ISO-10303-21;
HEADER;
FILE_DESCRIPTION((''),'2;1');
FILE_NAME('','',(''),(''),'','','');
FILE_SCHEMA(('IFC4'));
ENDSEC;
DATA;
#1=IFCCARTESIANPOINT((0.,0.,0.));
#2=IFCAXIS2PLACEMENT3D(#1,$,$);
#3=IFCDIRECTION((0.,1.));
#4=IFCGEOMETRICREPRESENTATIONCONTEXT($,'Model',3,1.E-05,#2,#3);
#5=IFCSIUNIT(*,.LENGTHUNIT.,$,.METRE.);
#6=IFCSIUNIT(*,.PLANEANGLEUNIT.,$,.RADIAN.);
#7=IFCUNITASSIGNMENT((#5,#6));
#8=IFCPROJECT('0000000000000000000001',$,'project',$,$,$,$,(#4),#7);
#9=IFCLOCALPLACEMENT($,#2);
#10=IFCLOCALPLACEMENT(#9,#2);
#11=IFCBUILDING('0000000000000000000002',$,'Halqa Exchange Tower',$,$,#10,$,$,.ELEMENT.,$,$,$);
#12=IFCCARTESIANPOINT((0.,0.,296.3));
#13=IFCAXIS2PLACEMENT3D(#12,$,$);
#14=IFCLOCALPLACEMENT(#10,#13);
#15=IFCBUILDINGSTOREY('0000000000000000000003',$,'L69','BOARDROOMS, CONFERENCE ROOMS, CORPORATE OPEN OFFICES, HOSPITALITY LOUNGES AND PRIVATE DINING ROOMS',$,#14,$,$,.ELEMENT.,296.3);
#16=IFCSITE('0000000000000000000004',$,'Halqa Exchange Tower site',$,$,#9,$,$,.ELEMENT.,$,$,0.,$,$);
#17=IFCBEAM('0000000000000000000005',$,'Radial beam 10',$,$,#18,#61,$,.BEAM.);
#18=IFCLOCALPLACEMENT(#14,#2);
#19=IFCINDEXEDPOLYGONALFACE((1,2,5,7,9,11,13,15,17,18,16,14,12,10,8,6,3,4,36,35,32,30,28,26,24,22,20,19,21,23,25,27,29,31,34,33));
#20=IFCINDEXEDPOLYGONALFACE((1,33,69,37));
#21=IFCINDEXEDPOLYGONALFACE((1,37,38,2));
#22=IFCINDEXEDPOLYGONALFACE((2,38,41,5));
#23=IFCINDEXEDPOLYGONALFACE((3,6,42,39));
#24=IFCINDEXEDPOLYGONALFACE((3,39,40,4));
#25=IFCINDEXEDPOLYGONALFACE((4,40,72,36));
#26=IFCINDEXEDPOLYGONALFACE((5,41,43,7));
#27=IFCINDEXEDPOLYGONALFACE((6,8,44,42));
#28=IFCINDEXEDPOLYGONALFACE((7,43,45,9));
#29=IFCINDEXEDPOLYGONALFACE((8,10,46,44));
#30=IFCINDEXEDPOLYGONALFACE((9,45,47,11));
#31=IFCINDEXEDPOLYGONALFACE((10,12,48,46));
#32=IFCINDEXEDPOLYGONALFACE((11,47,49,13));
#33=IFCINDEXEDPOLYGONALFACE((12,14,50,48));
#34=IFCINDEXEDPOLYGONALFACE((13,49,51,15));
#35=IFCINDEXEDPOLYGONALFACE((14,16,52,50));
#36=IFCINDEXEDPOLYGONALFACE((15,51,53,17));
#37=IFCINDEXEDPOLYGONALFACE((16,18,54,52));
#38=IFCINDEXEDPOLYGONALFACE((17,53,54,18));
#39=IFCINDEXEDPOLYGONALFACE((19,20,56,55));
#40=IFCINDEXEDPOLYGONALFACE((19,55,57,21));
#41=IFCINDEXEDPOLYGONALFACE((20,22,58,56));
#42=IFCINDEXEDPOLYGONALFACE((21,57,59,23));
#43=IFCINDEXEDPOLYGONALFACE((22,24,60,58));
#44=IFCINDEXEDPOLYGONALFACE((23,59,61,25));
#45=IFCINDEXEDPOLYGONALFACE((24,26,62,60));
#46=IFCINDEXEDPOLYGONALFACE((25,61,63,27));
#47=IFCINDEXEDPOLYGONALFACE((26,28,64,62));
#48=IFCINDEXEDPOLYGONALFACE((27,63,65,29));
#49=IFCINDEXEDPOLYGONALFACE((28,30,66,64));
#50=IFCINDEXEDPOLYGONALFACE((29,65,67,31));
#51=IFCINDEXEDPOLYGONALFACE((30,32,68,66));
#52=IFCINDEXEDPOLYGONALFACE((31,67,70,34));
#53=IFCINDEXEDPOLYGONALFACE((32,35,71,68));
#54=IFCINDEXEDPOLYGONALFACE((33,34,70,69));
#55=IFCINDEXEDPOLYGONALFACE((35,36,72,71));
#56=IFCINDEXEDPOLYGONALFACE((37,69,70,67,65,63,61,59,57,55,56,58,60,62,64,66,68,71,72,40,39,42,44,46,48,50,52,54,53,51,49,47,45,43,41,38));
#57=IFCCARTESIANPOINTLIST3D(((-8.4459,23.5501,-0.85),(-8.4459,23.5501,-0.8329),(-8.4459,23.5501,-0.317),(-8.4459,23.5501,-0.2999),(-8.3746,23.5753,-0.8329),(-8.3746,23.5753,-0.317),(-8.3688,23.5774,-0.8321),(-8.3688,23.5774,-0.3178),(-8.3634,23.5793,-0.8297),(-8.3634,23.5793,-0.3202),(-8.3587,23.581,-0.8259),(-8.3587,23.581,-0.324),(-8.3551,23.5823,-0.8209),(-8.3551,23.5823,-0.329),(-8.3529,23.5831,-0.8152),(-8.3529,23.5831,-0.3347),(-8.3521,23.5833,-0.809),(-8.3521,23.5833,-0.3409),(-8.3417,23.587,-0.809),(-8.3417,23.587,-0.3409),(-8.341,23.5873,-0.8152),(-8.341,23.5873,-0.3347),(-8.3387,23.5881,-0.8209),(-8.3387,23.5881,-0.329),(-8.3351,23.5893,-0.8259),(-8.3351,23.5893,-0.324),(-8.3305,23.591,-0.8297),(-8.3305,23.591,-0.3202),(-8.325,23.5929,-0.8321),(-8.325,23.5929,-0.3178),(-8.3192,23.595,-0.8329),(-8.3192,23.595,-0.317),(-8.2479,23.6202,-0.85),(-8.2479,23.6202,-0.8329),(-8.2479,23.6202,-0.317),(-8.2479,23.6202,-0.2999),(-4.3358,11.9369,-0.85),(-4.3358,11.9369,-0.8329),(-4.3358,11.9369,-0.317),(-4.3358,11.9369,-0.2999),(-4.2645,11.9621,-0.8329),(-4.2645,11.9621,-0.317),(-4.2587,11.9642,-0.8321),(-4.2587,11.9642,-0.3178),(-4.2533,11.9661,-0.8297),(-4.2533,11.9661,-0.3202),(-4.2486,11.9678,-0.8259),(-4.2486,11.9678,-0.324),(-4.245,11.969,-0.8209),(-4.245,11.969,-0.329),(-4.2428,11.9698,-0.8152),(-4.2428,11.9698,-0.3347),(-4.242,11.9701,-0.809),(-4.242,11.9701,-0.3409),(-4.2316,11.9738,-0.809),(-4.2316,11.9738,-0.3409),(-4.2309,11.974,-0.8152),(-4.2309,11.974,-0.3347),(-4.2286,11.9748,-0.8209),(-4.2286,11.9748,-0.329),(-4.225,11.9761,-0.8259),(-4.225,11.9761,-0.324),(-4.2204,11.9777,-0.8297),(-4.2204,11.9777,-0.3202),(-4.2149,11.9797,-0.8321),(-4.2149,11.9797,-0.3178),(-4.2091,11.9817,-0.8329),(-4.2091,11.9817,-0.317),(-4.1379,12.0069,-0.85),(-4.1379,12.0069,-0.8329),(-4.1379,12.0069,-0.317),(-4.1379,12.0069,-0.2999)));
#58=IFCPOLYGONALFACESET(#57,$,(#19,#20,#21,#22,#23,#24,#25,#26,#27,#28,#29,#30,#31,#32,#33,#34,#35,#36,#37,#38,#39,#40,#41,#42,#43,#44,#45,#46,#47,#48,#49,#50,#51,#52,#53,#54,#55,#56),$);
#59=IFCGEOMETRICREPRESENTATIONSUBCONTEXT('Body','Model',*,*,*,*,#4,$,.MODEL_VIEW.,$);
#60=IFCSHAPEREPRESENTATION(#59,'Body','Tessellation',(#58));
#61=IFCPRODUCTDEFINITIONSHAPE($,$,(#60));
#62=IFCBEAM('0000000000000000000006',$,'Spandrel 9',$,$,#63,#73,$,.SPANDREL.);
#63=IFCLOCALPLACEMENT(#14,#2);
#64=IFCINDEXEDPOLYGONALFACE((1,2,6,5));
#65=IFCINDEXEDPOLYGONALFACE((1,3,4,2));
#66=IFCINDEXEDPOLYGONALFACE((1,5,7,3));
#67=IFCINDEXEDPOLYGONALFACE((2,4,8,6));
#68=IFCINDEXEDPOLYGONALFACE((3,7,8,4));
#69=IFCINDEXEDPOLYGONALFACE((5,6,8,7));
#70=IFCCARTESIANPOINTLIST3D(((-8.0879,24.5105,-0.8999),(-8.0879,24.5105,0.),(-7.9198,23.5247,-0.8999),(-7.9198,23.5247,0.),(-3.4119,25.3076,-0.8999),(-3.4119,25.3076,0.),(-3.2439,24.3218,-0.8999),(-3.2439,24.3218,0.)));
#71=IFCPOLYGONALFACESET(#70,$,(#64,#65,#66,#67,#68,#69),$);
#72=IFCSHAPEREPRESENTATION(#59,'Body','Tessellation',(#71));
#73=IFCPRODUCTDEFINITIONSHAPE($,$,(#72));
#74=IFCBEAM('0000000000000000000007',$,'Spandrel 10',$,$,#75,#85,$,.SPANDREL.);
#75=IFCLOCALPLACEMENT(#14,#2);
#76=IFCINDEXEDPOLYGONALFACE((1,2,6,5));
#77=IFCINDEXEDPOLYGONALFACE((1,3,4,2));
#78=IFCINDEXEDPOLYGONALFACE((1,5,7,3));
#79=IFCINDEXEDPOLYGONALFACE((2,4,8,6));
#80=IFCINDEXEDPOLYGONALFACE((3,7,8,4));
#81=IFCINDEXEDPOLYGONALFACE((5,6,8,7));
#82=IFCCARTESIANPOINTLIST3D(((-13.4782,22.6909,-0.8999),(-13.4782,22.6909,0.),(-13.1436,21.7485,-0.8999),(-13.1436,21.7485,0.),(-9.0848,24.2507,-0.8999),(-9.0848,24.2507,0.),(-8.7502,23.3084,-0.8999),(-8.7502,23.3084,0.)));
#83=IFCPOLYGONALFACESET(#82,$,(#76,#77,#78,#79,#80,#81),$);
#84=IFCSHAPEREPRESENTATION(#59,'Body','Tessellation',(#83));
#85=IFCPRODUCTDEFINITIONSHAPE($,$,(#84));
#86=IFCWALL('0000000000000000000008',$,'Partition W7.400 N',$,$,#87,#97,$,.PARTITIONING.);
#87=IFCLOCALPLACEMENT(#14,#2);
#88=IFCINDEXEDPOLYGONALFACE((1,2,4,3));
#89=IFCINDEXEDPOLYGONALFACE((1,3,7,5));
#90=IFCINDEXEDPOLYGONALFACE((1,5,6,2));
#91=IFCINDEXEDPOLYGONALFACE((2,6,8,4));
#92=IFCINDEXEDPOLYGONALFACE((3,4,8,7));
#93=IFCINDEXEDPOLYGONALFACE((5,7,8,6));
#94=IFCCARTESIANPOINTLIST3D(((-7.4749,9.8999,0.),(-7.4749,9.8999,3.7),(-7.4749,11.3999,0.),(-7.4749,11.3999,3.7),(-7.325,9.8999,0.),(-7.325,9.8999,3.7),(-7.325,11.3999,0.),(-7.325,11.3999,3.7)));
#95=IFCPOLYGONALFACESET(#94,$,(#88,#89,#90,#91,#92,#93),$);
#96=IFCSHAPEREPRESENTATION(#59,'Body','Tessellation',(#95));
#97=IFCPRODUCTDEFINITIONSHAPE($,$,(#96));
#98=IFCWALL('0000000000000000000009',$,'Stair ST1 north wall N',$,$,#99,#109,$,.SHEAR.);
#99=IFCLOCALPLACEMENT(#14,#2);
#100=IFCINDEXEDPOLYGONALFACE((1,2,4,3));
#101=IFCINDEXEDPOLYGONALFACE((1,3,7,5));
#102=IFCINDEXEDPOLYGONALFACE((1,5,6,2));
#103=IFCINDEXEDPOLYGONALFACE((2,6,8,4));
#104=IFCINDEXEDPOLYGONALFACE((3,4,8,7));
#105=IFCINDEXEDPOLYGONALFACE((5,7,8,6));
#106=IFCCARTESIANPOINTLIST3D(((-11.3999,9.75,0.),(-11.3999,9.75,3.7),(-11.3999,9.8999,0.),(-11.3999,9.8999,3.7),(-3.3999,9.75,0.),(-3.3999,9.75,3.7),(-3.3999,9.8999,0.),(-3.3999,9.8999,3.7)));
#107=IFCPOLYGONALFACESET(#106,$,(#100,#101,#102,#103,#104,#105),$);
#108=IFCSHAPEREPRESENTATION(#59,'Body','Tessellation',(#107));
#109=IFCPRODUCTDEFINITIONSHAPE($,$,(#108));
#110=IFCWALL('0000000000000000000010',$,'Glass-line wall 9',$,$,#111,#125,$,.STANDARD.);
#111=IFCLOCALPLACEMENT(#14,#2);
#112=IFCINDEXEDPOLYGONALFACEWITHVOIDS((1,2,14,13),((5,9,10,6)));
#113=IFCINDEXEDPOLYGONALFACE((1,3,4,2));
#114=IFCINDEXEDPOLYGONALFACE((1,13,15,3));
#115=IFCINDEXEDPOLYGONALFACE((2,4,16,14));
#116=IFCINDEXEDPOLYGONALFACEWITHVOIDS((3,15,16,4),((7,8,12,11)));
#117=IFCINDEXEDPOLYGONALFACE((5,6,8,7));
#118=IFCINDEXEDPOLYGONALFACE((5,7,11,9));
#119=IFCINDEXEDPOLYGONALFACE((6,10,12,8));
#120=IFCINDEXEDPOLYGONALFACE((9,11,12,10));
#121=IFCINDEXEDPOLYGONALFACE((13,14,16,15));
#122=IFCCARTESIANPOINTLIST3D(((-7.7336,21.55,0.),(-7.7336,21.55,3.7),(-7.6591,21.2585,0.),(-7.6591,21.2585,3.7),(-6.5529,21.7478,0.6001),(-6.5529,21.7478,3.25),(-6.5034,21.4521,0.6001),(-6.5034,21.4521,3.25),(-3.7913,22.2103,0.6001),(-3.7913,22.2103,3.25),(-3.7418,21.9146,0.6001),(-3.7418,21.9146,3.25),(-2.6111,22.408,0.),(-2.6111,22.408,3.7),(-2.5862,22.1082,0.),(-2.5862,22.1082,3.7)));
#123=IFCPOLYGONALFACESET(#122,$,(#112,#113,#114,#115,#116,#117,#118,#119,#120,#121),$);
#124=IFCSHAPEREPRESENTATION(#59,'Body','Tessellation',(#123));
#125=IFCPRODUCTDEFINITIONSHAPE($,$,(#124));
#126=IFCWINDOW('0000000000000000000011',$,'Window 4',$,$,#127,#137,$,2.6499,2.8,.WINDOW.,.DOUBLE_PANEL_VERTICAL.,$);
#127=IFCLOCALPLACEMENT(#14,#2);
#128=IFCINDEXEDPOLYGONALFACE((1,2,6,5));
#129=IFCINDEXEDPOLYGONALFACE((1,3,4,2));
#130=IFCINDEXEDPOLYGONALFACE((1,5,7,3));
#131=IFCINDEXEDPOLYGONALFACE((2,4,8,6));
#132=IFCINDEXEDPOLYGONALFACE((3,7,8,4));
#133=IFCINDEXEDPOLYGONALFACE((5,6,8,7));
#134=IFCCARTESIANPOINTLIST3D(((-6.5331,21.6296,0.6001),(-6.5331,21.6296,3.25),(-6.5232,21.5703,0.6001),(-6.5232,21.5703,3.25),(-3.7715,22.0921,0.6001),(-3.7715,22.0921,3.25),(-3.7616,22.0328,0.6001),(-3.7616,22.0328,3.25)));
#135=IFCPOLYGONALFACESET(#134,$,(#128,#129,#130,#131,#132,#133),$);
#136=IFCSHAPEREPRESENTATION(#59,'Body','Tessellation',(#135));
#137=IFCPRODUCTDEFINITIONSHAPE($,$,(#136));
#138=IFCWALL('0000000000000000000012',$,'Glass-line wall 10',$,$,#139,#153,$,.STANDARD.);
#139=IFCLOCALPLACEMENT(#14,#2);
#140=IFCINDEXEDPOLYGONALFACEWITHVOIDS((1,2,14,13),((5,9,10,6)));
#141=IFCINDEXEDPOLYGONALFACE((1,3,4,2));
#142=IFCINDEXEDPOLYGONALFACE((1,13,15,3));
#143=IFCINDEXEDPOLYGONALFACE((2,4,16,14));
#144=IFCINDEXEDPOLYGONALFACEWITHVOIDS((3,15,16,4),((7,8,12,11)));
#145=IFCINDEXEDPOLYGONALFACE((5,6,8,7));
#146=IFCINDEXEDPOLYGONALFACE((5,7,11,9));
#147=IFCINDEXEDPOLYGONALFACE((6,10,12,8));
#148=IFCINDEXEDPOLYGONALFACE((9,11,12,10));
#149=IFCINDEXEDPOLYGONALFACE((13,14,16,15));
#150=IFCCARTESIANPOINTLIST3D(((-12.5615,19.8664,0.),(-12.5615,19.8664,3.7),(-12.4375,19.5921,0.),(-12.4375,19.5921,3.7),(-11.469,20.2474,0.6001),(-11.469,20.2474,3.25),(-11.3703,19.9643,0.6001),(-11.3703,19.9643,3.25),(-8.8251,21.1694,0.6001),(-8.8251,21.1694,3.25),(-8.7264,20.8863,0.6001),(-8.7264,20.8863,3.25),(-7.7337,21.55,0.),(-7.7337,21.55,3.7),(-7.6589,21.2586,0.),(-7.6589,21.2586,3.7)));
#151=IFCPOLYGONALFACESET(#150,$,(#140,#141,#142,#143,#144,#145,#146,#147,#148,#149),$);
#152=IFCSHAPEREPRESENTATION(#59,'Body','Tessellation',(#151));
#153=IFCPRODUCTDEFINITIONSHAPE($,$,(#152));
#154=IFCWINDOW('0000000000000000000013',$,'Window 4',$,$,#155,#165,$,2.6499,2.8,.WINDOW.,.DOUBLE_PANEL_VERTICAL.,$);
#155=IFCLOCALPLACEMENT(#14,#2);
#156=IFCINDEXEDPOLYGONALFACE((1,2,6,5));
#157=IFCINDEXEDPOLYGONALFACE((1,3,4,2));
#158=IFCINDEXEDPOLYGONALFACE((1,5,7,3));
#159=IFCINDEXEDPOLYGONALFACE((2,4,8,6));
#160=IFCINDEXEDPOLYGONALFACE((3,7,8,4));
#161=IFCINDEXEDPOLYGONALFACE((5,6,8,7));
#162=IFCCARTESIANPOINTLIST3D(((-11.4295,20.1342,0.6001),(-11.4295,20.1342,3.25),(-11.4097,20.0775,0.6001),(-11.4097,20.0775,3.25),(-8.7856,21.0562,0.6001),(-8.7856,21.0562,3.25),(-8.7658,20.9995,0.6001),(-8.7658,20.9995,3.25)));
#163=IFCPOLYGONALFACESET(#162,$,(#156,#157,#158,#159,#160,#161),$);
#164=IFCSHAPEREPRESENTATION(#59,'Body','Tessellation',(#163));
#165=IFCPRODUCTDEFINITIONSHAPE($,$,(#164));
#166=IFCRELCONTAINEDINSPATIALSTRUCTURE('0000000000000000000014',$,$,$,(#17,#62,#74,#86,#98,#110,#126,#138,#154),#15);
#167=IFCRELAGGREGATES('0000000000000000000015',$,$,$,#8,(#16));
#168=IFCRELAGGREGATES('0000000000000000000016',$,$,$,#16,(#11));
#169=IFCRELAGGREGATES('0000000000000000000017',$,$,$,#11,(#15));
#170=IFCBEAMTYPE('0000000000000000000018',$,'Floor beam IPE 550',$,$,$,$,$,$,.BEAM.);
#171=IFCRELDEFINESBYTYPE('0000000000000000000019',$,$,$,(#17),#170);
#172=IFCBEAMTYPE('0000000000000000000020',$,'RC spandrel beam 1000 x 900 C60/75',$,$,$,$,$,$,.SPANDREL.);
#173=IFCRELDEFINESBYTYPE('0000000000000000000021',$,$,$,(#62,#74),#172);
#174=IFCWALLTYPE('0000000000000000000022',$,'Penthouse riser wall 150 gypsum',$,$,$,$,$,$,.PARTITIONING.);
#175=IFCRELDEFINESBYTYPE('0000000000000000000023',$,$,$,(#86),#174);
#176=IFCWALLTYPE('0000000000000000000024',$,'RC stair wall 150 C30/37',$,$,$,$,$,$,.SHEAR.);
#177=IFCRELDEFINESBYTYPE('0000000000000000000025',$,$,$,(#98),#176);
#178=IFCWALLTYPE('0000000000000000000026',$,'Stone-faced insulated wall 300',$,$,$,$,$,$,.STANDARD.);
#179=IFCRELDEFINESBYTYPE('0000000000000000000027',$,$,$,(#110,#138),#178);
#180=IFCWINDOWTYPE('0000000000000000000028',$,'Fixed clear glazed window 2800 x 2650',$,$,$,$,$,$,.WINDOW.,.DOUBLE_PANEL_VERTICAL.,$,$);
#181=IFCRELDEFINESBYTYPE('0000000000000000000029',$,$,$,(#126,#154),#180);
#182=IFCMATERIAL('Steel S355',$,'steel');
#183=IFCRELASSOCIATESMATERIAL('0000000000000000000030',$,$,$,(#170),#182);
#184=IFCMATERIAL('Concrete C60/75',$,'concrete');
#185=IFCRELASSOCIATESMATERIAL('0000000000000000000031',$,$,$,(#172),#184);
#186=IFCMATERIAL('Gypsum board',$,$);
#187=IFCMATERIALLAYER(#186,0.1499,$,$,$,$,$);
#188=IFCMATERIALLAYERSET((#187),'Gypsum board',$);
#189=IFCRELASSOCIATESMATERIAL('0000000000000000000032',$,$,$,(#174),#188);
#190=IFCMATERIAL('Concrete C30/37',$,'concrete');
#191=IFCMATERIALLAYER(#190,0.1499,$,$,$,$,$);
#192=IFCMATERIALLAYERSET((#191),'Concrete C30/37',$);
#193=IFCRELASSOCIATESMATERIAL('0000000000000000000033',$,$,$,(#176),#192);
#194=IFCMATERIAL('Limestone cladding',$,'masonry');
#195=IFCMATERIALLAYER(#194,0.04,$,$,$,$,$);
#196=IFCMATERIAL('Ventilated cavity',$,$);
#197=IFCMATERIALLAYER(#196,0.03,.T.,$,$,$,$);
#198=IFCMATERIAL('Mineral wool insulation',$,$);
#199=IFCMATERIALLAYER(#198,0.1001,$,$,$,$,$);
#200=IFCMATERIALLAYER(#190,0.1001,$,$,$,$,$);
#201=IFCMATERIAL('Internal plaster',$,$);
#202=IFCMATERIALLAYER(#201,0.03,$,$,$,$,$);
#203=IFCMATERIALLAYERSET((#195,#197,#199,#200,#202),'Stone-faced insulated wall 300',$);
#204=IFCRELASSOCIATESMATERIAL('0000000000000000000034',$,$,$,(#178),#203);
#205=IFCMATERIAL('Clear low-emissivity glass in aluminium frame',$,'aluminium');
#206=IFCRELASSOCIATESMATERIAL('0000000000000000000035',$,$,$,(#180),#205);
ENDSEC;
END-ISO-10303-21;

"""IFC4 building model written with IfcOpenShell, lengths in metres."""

from ifc_helpers import new_model, si_unit, direction, frame, frame_2d, origin, origin_2d, place, context, subcontext, project, spatial, polyline, rectangle, i_section, outline, extrude, material, layer, layer_set, material_profile, profile_set, type_object, element, fill, save


model = new_model("IFC4")

# Units and contexts
model_context = context("Model", 3, precision=1e-05, world=origin(), true_north=direction((0.0, 1.0)))
body_context = subcontext(model_context, "Body", "Model", "MODEL_VIEW")
ifc_project = project(units=[si_unit("LENGTHUNIT", "METRE"), si_unit("PLANEANGLEUNIT", "RADIAN")], contexts=[model_context])

# Site, building, storey
site_placement = place(None, origin())
site = spatial("IfcSite", under=ifc_project, at=site_placement, Name="Halqa Exchange Tower site", CompositionType="ELEMENT", RefElevation=0.0)
building_placement = place(site_placement, origin())
building = spatial("IfcBuilding", under=site, at=building_placement, Name="Halqa Exchange Tower", CompositionType="ELEMENT")
storey_placement = place(building_placement, frame((0.0, 0.0, 296.3)))
storey = spatial("IfcBuildingStorey", under=building, at=storey_placement, Name="L69", Description="BOARDROOMS, CONFERENCE ROOMS, CORPORATE OPEN OFFICES, HOSPITALITY LOUNGES AND PRIVATE DINING ROOMS", CompositionType="ELEMENT", Elevation=296.3)

# Beams
ifc_material_1 = material(Name="Steel S355", Category="steel")
ifc_material_profile_1 = material_profile(ifc_material_1, i_section(OverallWidth=0.21, OverallDepth=0.55, WebThickness=0.011, FlangeThickness=0.0171, FilletRadius=0.0239, at=origin_2d()), Name="IPE 550")
ifc_profile_set_1 = profile_set([ifc_material_profile_1], Name="Steel S355")
beam_type_1 = type_object("IfcBeamType", Name="Floor beam IPE 550", PredefinedType="BEAM", material=ifc_profile_set_1)
beam_1_placement = place(storey_placement, frame((-4.2368, 11.9719, -0.575), z_axis=(-0.333636, 0.942702, 0.0), x_axis=(-0.942702, -0.333636, 0.0)))
element("IfcBeam", 1, at=beam_1_placement, inside=storey, type_object=beam_type_1, Name="Radial beam 10", PredefinedType="BEAM", context=body_context, shape_type="SweptSolid", body=[
    extrude(i_section(OverallWidth=0.21, OverallDepth=0.55, WebThickness=0.011, FlangeThickness=0.0171, FilletRadius=0.0239, at=origin_2d()), origin(), (0.0, 0.0, 1.0), 12.3191),
])
ifc_material_2 = material(Name="Concrete C60/75", Category="concrete")
ifc_material_profile_2 = material_profile(ifc_material_2, rectangle(XDim=1.0, YDim=0.8999, at=origin_2d()), Name="1000 x 900")
ifc_profile_set_2 = profile_set([ifc_material_profile_2], Name="Concrete C60/75")
beam_type_2 = type_object("IfcBeamType", Name="RC spandrel beam 1000 x 900 C60/75", PredefinedType="SPANDREL", material=ifc_profile_set_2)
beam_2_placement = place(storey_placement, frame((-3.3279, 24.8147, -0.45), z_axis=(-0.985779, -0.168045, 0.0), x_axis=(0.168045, -0.985779, 0.0)))
element("IfcBeam", 2, at=beam_2_placement, inside=storey, type_object=beam_type_2, Name="Spandrel 9", PredefinedType="SPANDREL", context=body_context, shape_type="SweptSolid", body=[
    extrude(rectangle(XDim=1.0, YDim=0.8999, at=origin_2d()), origin(), (0.0, 0.0, 1.0), 4.7434),
])
beam_3_placement = place(storey_placement, frame((-8.9175, 23.7795, -0.45), z_axis=(-0.942367, -0.334581, 0.0), x_axis=(0.334581, -0.942367, 0.0)))
element("IfcBeam", 3, at=beam_3_placement, inside=storey, type_object=beam_type_2, Name="Spandrel 10", PredefinedType="SPANDREL", context=body_context, shape_type="SweptSolid", body=[
    extrude(rectangle(XDim=1.0, YDim=0.8999, at=origin_2d()), origin(), (0.0, 0.0, 1.0), 4.6621),
])

# Walls
ifc_material_3 = material(Name="Gypsum board")
ifc_layer_1 = layer(ifc_material_3, 0.1499)
ifc_layer_set_1 = layer_set([ifc_layer_1], Name="Gypsum board")
wall_type_1 = type_object("IfcWallType", Name="Penthouse riser wall 150 gypsum", PredefinedType="PARTITIONING", material=ifc_layer_set_1)
wall_1_placement = place(storey_placement, frame((-7.3999, 9.8999, 0.0), z_axis=(0.0, 0.0, 1.0), x_axis=(0.0, 1.0, 0.0)))
element("IfcWall", 4, at=wall_1_placement, inside=storey, type_object=wall_type_1, Name="Partition W7.400 N", PredefinedType="PARTITIONING", context=body_context, shape_type="SweptSolid", body=[
    extrude(rectangle(XDim=1.5, YDim=0.1499, at=frame_2d((0.75, 0.0))), origin(), (0.0, 0.0, 1.0), 3.7),
])
ifc_material_4 = material(Name="Concrete C30/37", Category="concrete")
ifc_layer_2 = layer(ifc_material_4, 0.1499)
ifc_layer_set_2 = layer_set([ifc_layer_2], Name="Concrete C30/37")
wall_type_2 = type_object("IfcWallType", Name="RC stair wall 150 C30/37", PredefinedType="SHEAR", material=ifc_layer_set_2)
wall_2_placement = place(storey_placement, frame((-11.3999, 9.825, 0.0), z_axis=(0.0, 0.0, 1.0), x_axis=(1.0, 0.0, 0.0)))
element("IfcWall", 5, at=wall_2_placement, inside=storey, type_object=wall_type_2, Name="Stair ST1 north wall N", PredefinedType="SHEAR", context=body_context, shape_type="SweptSolid", body=[
    extrude(rectangle(XDim=8.0, YDim=0.1499, at=frame_2d((4.0, 0.0))), origin(), (0.0, 0.0, 1.0), 3.7),
])

# Walls, openings, windows
ifc_material_5 = material(Name="Limestone cladding", Category="masonry")
ifc_layer_3 = layer(ifc_material_5, 0.04)
ifc_material_6 = material(Name="Ventilated cavity")
ifc_layer_4 = layer(ifc_material_6, 0.03, ventilated=True)
ifc_material_7 = material(Name="Mineral wool insulation")
ifc_layer_5 = layer(ifc_material_7, 0.1001)
ifc_layer_6 = layer(ifc_material_4, 0.1001)
ifc_material_8 = material(Name="Internal plaster")
ifc_layer_7 = layer(ifc_material_8, 0.03)
ifc_layer_set_3 = layer_set([ifc_layer_3, ifc_layer_4, ifc_layer_5, ifc_layer_6, ifc_layer_7], Name="Stone-faced insulated wall 300")
wall_type_3 = type_object("IfcWallType", Name="Stone-faced insulated wall 300", PredefinedType="STANDARD", material=ifc_layer_set_3)
wall_3_placement = place(storey_placement, frame((-2.5986, 22.2581, 0.0), z_axis=(0.0, 0.0, 1.0), x_axis=(-0.986263, -0.16518, 0.0)))
wall_3 = element("IfcWall", 6, at=wall_3_placement, inside=storey, type_object=wall_type_3, Name="Glass-line wall 9", PredefinedType="STANDARD", context=body_context, shape_type="SweptSolid", body=[
    extrude(outline(polyline([(-0.0125, -0.1499), (5.1814, -0.1499), (5.156, 0.1499), (0.0125, 0.1499), (-0.0125, -0.1499)])), origin(), (0.0, 0.0, 1.0), 3.7),
])
opening_1_placement = place(wall_3_placement, frame((1.1843, 0.0, 0.6001)))
opening_1 = element("IfcOpeningElement", 7, at=opening_1_placement, cuts=wall_3, PredefinedType="OPENING", context=body_context, shape_type="SweptSolid", body=[
    extrude(rectangle(XDim=2.8, YDim=2.6499, at=frame_2d((1.3999, 1.325))), frame((0.0, 0.1621, 0.0), z_axis=(0.0, -1.0, 0.0), x_axis=(1.0, 0.0, 0.0)), (0.0, 0.0, 1.0), 0.324),
])
ifc_material_9 = material(Name="Clear low-emissivity glass in aluminium frame", Category="aluminium")
window_type = type_object("IfcWindowType", Name="Fixed clear glazed window 2800 x 2650", PartitioningType="DOUBLE_PANEL_VERTICAL", PredefinedType="WINDOW", material=ifc_material_9)
window_1_placement = place(opening_1_placement, origin())
window_1 = element("IfcWindow", 8, at=window_1_placement, inside=storey, type_object=window_type, Name="Window 4", OverallHeight=2.6499, OverallWidth=2.8, PartitioningType="DOUBLE_PANEL_VERTICAL", PredefinedType="WINDOW", context=body_context, shape_type="SweptSolid", body=[
    extrude(rectangle(XDim=2.8, YDim=2.6499, at=frame_2d((1.3999, 1.325))), frame((0.0, 0.03, 0.0), z_axis=(0.0, -1.0, 0.0), x_axis=(1.0, 0.0, 0.0)), (0.0, 0.0, 1.0), 0.0601),
])
fill(opening_1, window_1)
wall_4_placement = place(storey_placement, frame((-7.6963, 21.4043, 0.0), z_axis=(0.0, 0.0, 1.0), x_axis=(-0.94423, -0.329286, 0.0)))
wall_4 = element("IfcWall", 9, at=wall_4_placement, inside=storey, type_object=wall_type_3, Name="Glass-line wall 10", PredefinedType="STANDARD", context=body_context, shape_type="SweptSolid", body=[
    extrude(outline(polyline([(-0.0127, -0.1499), (5.1003, -0.1499), (5.0735, 0.1499), (0.0127, 0.1499), (-0.0127, -0.1499)])), origin(), (0.0, 0.0, 1.0), 3.7),
])
opening_2_placement = place(wall_4_placement, frame((1.1433, 0.0, 0.6001)))
opening_2 = element("IfcOpeningElement", 10, at=opening_2_placement, cuts=wall_4, PredefinedType="OPENING", context=body_context, shape_type="SweptSolid", body=[
    extrude(rectangle(XDim=2.8, YDim=2.6499, at=frame_2d((1.3999, 1.325))), frame((0.0, 0.1621, 0.0), z_axis=(0.0, -1.0, 0.0), x_axis=(1.0, 0.0, 0.0)), (0.0, 0.0, 1.0), 0.324),
])
window_2_placement = place(opening_2_placement, origin())
window_2 = element("IfcWindow", 11, at=window_2_placement, inside=storey, type_object=window_type, Name="Window 4", OverallHeight=2.6499, OverallWidth=2.8, PartitioningType="DOUBLE_PANEL_VERTICAL", PredefinedType="WINDOW", context=body_context, shape_type="SweptSolid", body=[
    extrude(rectangle(XDim=2.8, YDim=2.6499, at=frame_2d((1.3999, 1.325))), frame((0.0, 0.03, 0.0), z_axis=(0.0, -1.0, 0.0), x_axis=(1.0, 0.0, 0.0)), (0.0, 0.0, 1.0), 0.0601),
])
fill(opening_2, window_2)

save(model, "model.ifc")
